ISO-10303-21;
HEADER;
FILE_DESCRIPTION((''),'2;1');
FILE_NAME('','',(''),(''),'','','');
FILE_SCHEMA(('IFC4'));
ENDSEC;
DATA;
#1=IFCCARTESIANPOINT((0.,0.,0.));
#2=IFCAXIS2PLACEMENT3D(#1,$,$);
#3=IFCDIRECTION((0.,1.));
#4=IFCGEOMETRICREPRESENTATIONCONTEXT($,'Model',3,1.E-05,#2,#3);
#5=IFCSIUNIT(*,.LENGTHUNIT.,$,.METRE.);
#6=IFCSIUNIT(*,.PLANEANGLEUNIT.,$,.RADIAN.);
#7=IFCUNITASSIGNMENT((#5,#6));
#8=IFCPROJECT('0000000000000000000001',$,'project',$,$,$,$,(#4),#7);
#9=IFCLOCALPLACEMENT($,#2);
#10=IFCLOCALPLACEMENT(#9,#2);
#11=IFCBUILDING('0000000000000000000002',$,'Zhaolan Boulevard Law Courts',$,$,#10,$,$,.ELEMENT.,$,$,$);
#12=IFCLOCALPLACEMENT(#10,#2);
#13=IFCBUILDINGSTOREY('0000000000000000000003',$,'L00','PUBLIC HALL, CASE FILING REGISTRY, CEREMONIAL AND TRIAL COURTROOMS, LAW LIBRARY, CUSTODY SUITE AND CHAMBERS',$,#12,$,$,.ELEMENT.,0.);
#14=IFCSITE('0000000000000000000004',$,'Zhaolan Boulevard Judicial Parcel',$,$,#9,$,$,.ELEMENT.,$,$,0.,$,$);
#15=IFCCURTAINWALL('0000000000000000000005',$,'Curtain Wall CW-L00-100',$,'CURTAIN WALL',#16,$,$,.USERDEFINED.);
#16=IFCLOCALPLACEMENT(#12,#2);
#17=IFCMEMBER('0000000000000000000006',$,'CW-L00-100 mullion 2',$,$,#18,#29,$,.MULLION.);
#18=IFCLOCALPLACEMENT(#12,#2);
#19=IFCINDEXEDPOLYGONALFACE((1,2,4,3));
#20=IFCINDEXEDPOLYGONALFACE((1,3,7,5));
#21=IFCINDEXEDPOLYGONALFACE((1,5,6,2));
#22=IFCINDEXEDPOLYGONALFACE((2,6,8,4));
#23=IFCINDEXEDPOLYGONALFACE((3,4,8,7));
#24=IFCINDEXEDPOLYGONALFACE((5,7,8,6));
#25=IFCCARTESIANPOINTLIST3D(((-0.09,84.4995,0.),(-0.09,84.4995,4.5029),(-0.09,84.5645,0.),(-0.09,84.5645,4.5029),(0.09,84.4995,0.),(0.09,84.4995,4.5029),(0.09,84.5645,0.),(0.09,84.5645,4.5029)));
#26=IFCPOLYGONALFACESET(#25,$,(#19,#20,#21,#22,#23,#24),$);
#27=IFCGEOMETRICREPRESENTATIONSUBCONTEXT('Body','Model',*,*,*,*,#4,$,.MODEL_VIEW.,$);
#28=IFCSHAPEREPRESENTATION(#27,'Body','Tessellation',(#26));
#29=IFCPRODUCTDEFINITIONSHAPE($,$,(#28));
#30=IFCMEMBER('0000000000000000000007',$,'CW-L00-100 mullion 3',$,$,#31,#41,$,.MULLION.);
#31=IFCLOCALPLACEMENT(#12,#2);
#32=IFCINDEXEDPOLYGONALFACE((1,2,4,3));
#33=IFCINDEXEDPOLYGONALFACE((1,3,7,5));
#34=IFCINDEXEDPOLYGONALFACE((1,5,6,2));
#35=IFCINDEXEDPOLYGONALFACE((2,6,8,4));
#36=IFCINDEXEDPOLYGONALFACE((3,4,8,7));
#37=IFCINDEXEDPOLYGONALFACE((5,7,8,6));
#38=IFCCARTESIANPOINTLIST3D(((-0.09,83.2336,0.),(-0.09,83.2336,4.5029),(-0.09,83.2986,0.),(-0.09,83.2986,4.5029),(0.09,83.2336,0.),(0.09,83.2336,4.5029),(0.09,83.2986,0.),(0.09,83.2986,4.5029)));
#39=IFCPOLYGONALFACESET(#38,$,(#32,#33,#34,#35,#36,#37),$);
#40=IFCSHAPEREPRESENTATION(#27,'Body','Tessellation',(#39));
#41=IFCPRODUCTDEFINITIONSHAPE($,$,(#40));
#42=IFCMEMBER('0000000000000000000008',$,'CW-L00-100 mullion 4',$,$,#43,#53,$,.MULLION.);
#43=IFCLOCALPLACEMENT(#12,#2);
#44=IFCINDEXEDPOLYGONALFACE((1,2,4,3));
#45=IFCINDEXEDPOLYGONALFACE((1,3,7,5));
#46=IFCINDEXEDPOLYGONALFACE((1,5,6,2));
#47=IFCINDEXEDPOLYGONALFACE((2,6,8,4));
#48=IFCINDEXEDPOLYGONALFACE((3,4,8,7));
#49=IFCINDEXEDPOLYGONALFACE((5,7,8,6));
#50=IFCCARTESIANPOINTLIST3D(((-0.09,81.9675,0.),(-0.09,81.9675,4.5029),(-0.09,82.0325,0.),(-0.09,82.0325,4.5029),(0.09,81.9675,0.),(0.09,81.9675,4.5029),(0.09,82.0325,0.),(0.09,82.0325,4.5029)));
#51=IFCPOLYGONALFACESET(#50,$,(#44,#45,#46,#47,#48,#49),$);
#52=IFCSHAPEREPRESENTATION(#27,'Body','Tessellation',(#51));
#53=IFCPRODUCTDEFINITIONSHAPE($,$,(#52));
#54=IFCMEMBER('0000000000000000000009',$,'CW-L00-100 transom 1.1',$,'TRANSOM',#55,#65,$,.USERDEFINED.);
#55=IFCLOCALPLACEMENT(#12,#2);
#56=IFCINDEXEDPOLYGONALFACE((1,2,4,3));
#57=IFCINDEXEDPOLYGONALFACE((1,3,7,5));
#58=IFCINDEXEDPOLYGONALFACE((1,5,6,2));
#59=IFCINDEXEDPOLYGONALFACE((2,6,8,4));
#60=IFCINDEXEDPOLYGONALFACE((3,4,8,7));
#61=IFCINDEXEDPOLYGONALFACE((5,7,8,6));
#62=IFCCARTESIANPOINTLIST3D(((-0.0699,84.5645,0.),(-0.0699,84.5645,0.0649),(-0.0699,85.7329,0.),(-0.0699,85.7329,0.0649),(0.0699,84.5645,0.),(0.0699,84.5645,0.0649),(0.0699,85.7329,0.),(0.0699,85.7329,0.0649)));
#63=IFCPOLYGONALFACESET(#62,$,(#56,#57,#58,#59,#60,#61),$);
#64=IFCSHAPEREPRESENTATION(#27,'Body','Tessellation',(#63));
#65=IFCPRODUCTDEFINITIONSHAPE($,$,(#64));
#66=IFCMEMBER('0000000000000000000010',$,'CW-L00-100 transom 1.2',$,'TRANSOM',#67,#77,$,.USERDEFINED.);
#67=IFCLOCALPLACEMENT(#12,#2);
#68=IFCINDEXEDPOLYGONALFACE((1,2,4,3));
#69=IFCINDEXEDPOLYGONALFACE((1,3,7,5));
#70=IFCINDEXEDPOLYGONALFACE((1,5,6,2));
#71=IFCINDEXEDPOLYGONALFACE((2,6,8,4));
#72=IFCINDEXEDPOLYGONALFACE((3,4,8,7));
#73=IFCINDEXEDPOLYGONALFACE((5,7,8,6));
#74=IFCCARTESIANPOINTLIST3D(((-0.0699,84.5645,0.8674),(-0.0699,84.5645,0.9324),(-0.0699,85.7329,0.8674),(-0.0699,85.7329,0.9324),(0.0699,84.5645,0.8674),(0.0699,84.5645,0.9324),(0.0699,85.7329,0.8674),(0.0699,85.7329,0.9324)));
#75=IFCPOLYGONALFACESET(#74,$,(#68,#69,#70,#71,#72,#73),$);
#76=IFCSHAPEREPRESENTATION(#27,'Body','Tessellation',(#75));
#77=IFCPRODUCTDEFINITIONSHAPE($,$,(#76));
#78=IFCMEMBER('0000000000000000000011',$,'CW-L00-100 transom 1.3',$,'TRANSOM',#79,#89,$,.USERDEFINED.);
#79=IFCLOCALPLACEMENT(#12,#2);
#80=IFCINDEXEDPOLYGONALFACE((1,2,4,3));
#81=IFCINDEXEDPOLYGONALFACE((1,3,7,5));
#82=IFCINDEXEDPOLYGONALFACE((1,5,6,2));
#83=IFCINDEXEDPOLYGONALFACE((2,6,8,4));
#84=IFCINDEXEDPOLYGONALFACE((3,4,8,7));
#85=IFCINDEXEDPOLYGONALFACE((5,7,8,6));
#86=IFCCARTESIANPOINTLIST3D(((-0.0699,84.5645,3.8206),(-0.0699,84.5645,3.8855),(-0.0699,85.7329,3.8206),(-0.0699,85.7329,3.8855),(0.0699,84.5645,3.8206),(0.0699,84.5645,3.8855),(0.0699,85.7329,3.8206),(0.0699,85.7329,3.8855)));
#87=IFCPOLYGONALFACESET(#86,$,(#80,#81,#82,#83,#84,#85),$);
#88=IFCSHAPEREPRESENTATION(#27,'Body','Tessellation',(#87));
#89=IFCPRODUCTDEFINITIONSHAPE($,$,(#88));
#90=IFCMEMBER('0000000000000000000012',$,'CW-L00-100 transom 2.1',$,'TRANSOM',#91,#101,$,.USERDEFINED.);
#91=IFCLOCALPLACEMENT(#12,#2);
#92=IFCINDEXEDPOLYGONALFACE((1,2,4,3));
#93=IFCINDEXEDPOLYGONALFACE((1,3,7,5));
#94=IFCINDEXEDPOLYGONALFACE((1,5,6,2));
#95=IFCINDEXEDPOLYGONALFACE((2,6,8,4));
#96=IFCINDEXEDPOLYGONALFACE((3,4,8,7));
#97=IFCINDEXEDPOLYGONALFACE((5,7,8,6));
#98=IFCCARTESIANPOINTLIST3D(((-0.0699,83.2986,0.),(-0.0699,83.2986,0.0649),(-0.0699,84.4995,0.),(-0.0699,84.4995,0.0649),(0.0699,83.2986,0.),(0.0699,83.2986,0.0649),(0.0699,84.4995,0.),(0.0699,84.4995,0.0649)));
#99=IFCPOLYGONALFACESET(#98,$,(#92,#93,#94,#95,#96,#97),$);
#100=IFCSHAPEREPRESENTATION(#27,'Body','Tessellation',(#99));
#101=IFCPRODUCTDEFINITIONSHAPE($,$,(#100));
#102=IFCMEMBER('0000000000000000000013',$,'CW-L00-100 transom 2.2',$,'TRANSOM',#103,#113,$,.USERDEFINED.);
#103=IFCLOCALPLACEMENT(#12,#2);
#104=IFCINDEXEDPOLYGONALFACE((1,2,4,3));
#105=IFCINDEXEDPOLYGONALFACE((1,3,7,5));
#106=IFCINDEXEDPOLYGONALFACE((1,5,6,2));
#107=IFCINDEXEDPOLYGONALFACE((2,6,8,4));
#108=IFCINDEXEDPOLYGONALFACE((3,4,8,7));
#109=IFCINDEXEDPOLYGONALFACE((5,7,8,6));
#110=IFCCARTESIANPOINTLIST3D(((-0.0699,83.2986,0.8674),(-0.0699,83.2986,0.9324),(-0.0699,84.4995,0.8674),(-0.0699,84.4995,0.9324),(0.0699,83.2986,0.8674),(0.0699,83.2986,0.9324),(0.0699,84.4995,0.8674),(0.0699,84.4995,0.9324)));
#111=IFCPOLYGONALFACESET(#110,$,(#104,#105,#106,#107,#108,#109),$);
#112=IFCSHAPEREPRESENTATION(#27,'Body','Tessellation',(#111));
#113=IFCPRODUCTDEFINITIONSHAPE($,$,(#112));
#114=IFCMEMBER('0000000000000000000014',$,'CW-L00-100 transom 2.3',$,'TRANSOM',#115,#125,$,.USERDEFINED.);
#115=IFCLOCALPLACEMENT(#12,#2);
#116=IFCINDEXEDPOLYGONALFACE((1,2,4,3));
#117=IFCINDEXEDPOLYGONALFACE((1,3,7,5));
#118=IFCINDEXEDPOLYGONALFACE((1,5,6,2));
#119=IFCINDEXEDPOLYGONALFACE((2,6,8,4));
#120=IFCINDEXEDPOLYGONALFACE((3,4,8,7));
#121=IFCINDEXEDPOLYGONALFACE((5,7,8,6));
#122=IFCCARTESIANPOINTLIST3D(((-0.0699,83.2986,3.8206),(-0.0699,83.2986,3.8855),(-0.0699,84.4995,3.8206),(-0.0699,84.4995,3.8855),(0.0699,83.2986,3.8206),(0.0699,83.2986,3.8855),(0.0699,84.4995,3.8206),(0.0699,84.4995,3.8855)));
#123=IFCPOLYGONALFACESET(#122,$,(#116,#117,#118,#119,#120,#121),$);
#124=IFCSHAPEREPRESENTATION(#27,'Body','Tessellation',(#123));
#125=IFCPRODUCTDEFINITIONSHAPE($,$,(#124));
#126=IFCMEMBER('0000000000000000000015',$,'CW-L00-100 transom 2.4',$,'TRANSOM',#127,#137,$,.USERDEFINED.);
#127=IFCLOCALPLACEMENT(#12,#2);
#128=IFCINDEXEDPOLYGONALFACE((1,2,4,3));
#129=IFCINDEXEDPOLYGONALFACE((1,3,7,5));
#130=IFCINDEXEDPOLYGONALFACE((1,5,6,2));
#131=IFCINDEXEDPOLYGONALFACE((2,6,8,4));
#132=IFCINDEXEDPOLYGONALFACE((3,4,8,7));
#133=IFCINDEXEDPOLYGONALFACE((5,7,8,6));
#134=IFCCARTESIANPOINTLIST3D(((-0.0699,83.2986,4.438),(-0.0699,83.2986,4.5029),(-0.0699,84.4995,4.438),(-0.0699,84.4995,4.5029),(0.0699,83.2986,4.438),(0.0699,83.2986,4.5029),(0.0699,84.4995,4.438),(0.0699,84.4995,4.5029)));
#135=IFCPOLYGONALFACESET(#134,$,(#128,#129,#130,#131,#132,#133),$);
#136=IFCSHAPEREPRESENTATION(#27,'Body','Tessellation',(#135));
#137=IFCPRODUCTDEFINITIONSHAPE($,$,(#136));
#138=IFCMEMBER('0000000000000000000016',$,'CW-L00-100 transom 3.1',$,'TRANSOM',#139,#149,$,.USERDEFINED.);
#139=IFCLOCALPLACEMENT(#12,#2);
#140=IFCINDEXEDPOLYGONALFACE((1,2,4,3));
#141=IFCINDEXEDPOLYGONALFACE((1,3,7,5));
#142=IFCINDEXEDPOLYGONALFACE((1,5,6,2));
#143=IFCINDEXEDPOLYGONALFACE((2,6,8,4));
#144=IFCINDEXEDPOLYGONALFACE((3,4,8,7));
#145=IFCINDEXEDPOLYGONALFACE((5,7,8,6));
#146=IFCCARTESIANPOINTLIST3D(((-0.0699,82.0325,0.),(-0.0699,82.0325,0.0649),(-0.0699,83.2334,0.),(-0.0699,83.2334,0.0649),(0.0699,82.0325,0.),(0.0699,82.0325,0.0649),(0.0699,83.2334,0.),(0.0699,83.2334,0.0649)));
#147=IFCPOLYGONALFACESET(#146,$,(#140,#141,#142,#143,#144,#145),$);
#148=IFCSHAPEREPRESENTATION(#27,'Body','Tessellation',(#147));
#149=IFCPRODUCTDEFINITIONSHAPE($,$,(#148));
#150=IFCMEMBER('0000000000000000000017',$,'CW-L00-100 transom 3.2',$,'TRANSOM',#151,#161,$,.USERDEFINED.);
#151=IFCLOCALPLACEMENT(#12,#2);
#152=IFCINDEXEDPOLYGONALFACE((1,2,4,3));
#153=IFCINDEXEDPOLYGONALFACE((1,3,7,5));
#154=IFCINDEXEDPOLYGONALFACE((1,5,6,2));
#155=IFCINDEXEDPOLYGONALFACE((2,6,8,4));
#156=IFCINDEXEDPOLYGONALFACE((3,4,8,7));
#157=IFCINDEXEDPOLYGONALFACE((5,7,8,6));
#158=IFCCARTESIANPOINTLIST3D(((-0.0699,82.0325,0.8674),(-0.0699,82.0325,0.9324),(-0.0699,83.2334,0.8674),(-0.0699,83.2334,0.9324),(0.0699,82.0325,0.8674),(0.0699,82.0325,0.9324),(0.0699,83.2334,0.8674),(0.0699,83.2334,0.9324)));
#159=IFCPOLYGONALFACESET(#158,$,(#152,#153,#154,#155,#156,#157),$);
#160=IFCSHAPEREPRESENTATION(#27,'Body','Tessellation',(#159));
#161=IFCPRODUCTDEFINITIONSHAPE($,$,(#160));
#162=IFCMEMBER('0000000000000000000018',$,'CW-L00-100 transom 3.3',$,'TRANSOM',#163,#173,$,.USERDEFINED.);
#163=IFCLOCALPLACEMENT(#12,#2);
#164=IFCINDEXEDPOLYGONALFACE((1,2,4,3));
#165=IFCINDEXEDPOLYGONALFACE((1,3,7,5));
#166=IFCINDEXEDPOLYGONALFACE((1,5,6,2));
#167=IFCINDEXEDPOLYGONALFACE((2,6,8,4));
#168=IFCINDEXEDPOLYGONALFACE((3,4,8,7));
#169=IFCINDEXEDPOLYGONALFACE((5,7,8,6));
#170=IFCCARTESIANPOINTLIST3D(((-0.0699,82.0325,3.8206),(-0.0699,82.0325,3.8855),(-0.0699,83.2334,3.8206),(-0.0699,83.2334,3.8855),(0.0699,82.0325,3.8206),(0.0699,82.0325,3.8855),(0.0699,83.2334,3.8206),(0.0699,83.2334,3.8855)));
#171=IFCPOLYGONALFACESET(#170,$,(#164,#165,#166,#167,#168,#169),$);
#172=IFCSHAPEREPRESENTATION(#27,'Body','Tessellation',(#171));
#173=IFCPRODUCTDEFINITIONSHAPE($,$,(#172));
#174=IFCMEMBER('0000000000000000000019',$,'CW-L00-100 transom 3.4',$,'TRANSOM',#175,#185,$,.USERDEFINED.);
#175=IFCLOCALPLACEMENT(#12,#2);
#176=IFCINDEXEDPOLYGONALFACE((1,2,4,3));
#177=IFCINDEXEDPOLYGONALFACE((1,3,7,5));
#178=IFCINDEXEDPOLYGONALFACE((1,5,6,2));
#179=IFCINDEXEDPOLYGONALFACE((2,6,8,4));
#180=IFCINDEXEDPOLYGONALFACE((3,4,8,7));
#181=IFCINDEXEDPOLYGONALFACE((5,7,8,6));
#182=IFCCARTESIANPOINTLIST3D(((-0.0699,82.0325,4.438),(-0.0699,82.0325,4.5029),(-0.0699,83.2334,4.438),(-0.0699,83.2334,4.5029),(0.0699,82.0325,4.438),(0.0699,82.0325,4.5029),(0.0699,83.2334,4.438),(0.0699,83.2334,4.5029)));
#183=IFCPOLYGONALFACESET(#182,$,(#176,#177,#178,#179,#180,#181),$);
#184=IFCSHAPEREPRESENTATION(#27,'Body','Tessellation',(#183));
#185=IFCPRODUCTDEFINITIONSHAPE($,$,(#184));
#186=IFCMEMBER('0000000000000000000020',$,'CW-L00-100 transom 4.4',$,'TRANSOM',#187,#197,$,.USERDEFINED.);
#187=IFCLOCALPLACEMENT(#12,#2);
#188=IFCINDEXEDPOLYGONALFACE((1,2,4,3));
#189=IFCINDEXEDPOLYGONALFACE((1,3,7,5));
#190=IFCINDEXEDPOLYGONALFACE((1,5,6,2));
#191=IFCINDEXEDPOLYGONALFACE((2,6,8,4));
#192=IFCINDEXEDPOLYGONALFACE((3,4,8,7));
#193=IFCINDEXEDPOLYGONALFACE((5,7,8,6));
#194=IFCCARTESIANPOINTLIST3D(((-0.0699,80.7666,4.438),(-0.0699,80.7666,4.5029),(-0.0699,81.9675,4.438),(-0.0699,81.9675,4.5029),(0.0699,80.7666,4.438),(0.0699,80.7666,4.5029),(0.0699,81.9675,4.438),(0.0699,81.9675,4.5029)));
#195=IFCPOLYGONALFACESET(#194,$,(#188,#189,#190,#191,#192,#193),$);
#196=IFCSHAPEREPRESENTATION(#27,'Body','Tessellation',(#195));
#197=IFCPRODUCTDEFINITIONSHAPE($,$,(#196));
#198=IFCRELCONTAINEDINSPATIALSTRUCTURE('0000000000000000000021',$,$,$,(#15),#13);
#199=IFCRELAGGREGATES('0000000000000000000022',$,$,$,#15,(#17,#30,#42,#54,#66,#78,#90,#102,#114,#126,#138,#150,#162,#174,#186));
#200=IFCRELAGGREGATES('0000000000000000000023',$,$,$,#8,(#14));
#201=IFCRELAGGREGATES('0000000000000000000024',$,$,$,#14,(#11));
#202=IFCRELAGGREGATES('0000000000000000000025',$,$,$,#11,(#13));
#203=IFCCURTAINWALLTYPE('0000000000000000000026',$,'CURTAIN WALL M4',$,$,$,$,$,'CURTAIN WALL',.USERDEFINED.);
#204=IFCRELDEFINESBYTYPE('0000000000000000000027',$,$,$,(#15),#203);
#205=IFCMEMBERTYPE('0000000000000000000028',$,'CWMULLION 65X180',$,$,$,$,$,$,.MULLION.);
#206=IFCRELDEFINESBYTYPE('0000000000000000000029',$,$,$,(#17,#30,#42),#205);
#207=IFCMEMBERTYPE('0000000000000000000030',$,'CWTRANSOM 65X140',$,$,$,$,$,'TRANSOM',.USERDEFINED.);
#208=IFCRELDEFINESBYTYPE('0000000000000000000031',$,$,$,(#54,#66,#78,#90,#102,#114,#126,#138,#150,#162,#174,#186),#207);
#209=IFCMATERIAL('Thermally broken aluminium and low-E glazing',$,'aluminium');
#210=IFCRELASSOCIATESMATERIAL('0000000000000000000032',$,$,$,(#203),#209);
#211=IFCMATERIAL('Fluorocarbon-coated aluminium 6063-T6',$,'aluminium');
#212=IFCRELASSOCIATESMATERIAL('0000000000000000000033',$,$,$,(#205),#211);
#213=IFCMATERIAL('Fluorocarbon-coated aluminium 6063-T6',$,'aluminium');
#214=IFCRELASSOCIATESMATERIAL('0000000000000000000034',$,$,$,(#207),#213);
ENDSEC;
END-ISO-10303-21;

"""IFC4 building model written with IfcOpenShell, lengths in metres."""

from ifc_helpers import new_model, si_unit, direction, frame, origin, origin_2d, place, context, subcontext, project, spatial, rectangle, extrude, material, material_profile, profile_set, type_object, element, aggregate, save


model = new_model("IFC4")

# Units and contexts
model_context = context("Model", 3, precision=1e-05, world=origin(), true_north=direction((0.0, 1.0)))
body_context = subcontext(model_context, "Body", "Model", "MODEL_VIEW")
ifc_project = project(units=[si_unit("LENGTHUNIT", "METRE"), si_unit("PLANEANGLEUNIT", "RADIAN")], contexts=[model_context])

# Site, building, storey
site_placement = place(None, origin())
site = spatial("IfcSite", under=ifc_project, at=site_placement, Name="Zhaolan Boulevard Judicial Parcel", CompositionType="ELEMENT", RefElevation=0.0)
building_placement = place(site_placement, origin())
building = spatial("IfcBuilding", under=site, at=building_placement, Name="Zhaolan Boulevard Law Courts", CompositionType="ELEMENT")
storey_placement = place(building_placement, origin())
storey = spatial("IfcBuildingStorey", under=building, at=storey_placement, Name="L00", Description="PUBLIC HALL, CASE FILING REGISTRY, CEREMONIAL AND TRIAL COURTROOMS, LAW LIBRARY, CUSTODY SUITE AND CHAMBERS", CompositionType="ELEMENT", Elevation=0.0)

# Curtain wall, members
ifc_material_1 = material(Name="Thermally broken aluminium and low-E glazing", Category="aluminium")
curtain_wall_type = type_object("IfcCurtainWallType", Name="CURTAIN WALL M4", ElementType="CURTAIN WALL", PredefinedType="USERDEFINED", material=ifc_material_1)
curtain_wall_placement = place(storey_placement, origin())
curtain_wall = element("IfcCurtainWall", 1, at=curtain_wall_placement, inside=storey, type_object=curtain_wall_type, Name="Curtain Wall CW-L00-100", ObjectType="CURTAIN WALL", PredefinedType="USERDEFINED")
ifc_material_2 = material(Name="Fluorocarbon-coated aluminium 6063-T6", Category="aluminium")
ifc_material_profile_1 = material_profile(ifc_material_2, rectangle(XDim=0.1799, YDim=0.0649, at=origin_2d()), Name="AL65x180")
ifc_profile_set_1 = profile_set([ifc_material_profile_1], Name="Fluorocarbon-coated aluminium 6063-T6")
member_type_1 = type_object("IfcMemberType", Name="CWMULLION 65X180", PredefinedType="MULLION", material=ifc_profile_set_1)
member_1_placement = place(storey_placement, frame((0.0, 84.532, 0.0), z_axis=(0.0, 0.0, 1.0), x_axis=(1.0, 0.0, 0.0)))
member_1 = element("IfcMember", 2, at=member_1_placement, type_object=member_type_1, Name="CW-L00-100 mullion 2", PredefinedType="MULLION", context=body_context, shape_type="SweptSolid", body=[
    extrude(rectangle(XDim=0.1799, YDim=0.0649, at=origin_2d()), origin(), (0.0, 0.0, 1.0), 4.5029),
])
member_2_placement = place(storey_placement, frame((0.0, 83.2661, 0.0), z_axis=(0.0, 0.0, 1.0), x_axis=(1.0, 0.0, 0.0)))
member_2 = element("IfcMember", 3, at=member_2_placement, type_object=member_type_1, Name="CW-L00-100 mullion 3", PredefinedType="MULLION", context=body_context, shape_type="SweptSolid", body=[
    extrude(rectangle(XDim=0.1799, YDim=0.0649, at=origin_2d()), origin(), (0.0, 0.0, 1.0), 4.5029),
])
member_3_placement = place(storey_placement, frame((0.0, 82.0, 0.0), z_axis=(0.0, 0.0, 1.0), x_axis=(1.0, 0.0, 0.0)))
member_3 = element("IfcMember", 4, at=member_3_placement, type_object=member_type_1, Name="CW-L00-100 mullion 4", PredefinedType="MULLION", context=body_context, shape_type="SweptSolid", body=[
    extrude(rectangle(XDim=0.1799, YDim=0.0649, at=origin_2d()), origin(), (0.0, 0.0, 1.0), 4.5029),
])
ifc_material_3 = material(Name="Fluorocarbon-coated aluminium 6063-T6", Category="aluminium")
ifc_material_profile_2 = material_profile(ifc_material_3, rectangle(XDim=0.1399, YDim=0.0649, at=origin_2d()), Name="AL65x140")
ifc_profile_set_2 = profile_set([ifc_material_profile_2], Name="Fluorocarbon-coated aluminium 6063-T6")
member_type_2 = type_object("IfcMemberType", Name="CWTRANSOM 65X140", ElementType="TRANSOM", PredefinedType="USERDEFINED", material=ifc_profile_set_2)
member_4_placement = place(storey_placement, frame((0.0, 85.7329, 0.0325), z_axis=(0.0, -1.0, 0.0), x_axis=(1.0, 0.0, 0.0)))
member_4 = element("IfcMember", 5, at=member_4_placement, type_object=member_type_2, Name="CW-L00-100 transom 1.1", ObjectType="TRANSOM", PredefinedType="USERDEFINED", context=body_context, shape_type="SweptSolid", body=[
    extrude(rectangle(XDim=0.1399, YDim=0.0649, at=origin_2d()), origin(), (0.0, 0.0, 1.0), 1.1685),
])
member_5_placement = place(storey_placement, frame((0.0, 85.7329, 0.8999), z_axis=(0.0, -1.0, 0.0), x_axis=(1.0, 0.0, 0.0)))
member_5 = element("IfcMember", 6, at=member_5_placement, type_object=member_type_2, Name="CW-L00-100 transom 1.2", ObjectType="TRANSOM", PredefinedType="USERDEFINED", context=body_context, shape_type="SweptSolid", body=[
    extrude(rectangle(XDim=0.1399, YDim=0.0649, at=origin_2d()), origin(), (0.0, 0.0, 1.0), 1.1685),
])
member_6_placement = place(storey_placement, frame((0.0, 85.7329, 3.853), z_axis=(0.0, -1.0, 0.0), x_axis=(1.0, 0.0, 0.0)))
member_6 = element("IfcMember", 7, at=member_6_placement, type_object=member_type_2, Name="CW-L00-100 transom 1.3", ObjectType="TRANSOM", PredefinedType="USERDEFINED", context=body_context, shape_type="SweptSolid", body=[
    extrude(rectangle(XDim=0.1399, YDim=0.0649, at=origin_2d()), origin(), (0.0, 0.0, 1.0), 1.1685),
])
member_7_placement = place(storey_placement, frame((0.0, 84.4995, 0.0325), z_axis=(0.0, -1.0, 0.0), x_axis=(1.0, 0.0, 0.0)))
member_7 = element("IfcMember", 8, at=member_7_placement, type_object=member_type_2, Name="CW-L00-100 transom 2.1", ObjectType="TRANSOM", PredefinedType="USERDEFINED", context=body_context, shape_type="SweptSolid", body=[
    extrude(rectangle(XDim=0.1399, YDim=0.0649, at=origin_2d()), origin(), (0.0, 0.0, 1.0), 1.2009),
])
member_8_placement = place(storey_placement, frame((0.0, 84.4995, 0.8999), z_axis=(0.0, -1.0, 0.0), x_axis=(1.0, 0.0, 0.0)))
member_8 = element("IfcMember", 9, at=member_8_placement, type_object=member_type_2, Name="CW-L00-100 transom 2.2", ObjectType="TRANSOM", PredefinedType="USERDEFINED", context=body_context, shape_type="SweptSolid", body=[
    extrude(rectangle(XDim=0.1399, YDim=0.0649, at=origin_2d()), origin(), (0.0, 0.0, 1.0), 1.2009),
])
member_9_placement = place(storey_placement, frame((0.0, 84.4995, 3.853), z_axis=(0.0, -1.0, 0.0), x_axis=(1.0, 0.0, 0.0)))
member_9 = element("IfcMember", 10, at=member_9_placement, type_object=member_type_2, Name="CW-L00-100 transom 2.3", ObjectType="TRANSOM", PredefinedType="USERDEFINED", context=body_context, shape_type="SweptSolid", body=[
    extrude(rectangle(XDim=0.1399, YDim=0.0649, at=origin_2d()), origin(), (0.0, 0.0, 1.0), 1.2009),
])
member_10_placement = place(storey_placement, frame((0.0, 84.4995, 4.4705), z_axis=(0.0, -1.0, 0.0), x_axis=(1.0, 0.0, 0.0)))
member_10 = element("IfcMember", 11, at=member_10_placement, type_object=member_type_2, Name="CW-L00-100 transom 2.4", ObjectType="TRANSOM", PredefinedType="USERDEFINED", context=body_context, shape_type="SweptSolid", body=[
    extrude(rectangle(XDim=0.1399, YDim=0.0649, at=origin_2d()), origin(), (0.0, 0.0, 1.0), 1.2009),
])
member_11_placement = place(storey_placement, frame((0.0, 83.2334, 0.0325), z_axis=(0.0, -1.0, 0.0), x_axis=(1.0, 0.0, 0.0)))
member_11 = element("IfcMember", 12, at=member_11_placement, type_object=member_type_2, Name="CW-L00-100 transom 3.1", ObjectType="TRANSOM", PredefinedType="USERDEFINED", context=body_context, shape_type="SweptSolid", body=[
    extrude(rectangle(XDim=0.1399, YDim=0.0649, at=origin_2d()), origin(), (0.0, 0.0, 1.0), 1.2009),
])
member_12_placement = place(storey_placement, frame((0.0, 83.2334, 0.8999), z_axis=(0.0, -1.0, 0.0), x_axis=(1.0, 0.0, 0.0)))
member_12 = element("IfcMember", 13, at=member_12_placement, type_object=member_type_2, Name="CW-L00-100 transom 3.2", ObjectType="TRANSOM", PredefinedType="USERDEFINED", context=body_context, shape_type="SweptSolid", body=[
    extrude(rectangle(XDim=0.1399, YDim=0.0649, at=origin_2d()), origin(), (0.0, 0.0, 1.0), 1.2009),
])
member_13_placement = place(storey_placement, frame((0.0, 83.2334, 3.853), z_axis=(0.0, -1.0, 0.0), x_axis=(1.0, 0.0, 0.0)))
member_13 = element("IfcMember", 14, at=member_13_placement, type_object=member_type_2, Name="CW-L00-100 transom 3.3", ObjectType="TRANSOM", PredefinedType="USERDEFINED", context=body_context, shape_type="SweptSolid", body=[
    extrude(rectangle(XDim=0.1399, YDim=0.0649, at=origin_2d()), origin(), (0.0, 0.0, 1.0), 1.2009),
])
member_14_placement = place(storey_placement, frame((0.0, 83.2334, 4.4705), z_axis=(0.0, -1.0, 0.0), x_axis=(1.0, 0.0, 0.0)))
member_14 = element("IfcMember", 15, at=member_14_placement, type_object=member_type_2, Name="CW-L00-100 transom 3.4", ObjectType="TRANSOM", PredefinedType="USERDEFINED", context=body_context, shape_type="SweptSolid", body=[
    extrude(rectangle(XDim=0.1399, YDim=0.0649, at=origin_2d()), origin(), (0.0, 0.0, 1.0), 1.2009),
])
member_15_placement = place(storey_placement, frame((0.0, 81.9675, 4.4705), z_axis=(0.0, -1.0, 0.0), x_axis=(1.0, 0.0, 0.0)))
member_15 = element("IfcMember", 16, at=member_15_placement, type_object=member_type_2, Name="CW-L00-100 transom 4.4", ObjectType="TRANSOM", PredefinedType="USERDEFINED", context=body_context, shape_type="SweptSolid", body=[
    extrude(rectangle(XDim=0.1399, YDim=0.0649, at=origin_2d()), origin(), (0.0, 0.0, 1.0), 1.2009),
])
aggregate(curtain_wall, [member_1, member_2, member_3, member_4, member_5, member_6, member_7, member_8, member_9, member_10, member_11, member_12, member_13, member_14, member_15])

save(model, "model.ifc")
